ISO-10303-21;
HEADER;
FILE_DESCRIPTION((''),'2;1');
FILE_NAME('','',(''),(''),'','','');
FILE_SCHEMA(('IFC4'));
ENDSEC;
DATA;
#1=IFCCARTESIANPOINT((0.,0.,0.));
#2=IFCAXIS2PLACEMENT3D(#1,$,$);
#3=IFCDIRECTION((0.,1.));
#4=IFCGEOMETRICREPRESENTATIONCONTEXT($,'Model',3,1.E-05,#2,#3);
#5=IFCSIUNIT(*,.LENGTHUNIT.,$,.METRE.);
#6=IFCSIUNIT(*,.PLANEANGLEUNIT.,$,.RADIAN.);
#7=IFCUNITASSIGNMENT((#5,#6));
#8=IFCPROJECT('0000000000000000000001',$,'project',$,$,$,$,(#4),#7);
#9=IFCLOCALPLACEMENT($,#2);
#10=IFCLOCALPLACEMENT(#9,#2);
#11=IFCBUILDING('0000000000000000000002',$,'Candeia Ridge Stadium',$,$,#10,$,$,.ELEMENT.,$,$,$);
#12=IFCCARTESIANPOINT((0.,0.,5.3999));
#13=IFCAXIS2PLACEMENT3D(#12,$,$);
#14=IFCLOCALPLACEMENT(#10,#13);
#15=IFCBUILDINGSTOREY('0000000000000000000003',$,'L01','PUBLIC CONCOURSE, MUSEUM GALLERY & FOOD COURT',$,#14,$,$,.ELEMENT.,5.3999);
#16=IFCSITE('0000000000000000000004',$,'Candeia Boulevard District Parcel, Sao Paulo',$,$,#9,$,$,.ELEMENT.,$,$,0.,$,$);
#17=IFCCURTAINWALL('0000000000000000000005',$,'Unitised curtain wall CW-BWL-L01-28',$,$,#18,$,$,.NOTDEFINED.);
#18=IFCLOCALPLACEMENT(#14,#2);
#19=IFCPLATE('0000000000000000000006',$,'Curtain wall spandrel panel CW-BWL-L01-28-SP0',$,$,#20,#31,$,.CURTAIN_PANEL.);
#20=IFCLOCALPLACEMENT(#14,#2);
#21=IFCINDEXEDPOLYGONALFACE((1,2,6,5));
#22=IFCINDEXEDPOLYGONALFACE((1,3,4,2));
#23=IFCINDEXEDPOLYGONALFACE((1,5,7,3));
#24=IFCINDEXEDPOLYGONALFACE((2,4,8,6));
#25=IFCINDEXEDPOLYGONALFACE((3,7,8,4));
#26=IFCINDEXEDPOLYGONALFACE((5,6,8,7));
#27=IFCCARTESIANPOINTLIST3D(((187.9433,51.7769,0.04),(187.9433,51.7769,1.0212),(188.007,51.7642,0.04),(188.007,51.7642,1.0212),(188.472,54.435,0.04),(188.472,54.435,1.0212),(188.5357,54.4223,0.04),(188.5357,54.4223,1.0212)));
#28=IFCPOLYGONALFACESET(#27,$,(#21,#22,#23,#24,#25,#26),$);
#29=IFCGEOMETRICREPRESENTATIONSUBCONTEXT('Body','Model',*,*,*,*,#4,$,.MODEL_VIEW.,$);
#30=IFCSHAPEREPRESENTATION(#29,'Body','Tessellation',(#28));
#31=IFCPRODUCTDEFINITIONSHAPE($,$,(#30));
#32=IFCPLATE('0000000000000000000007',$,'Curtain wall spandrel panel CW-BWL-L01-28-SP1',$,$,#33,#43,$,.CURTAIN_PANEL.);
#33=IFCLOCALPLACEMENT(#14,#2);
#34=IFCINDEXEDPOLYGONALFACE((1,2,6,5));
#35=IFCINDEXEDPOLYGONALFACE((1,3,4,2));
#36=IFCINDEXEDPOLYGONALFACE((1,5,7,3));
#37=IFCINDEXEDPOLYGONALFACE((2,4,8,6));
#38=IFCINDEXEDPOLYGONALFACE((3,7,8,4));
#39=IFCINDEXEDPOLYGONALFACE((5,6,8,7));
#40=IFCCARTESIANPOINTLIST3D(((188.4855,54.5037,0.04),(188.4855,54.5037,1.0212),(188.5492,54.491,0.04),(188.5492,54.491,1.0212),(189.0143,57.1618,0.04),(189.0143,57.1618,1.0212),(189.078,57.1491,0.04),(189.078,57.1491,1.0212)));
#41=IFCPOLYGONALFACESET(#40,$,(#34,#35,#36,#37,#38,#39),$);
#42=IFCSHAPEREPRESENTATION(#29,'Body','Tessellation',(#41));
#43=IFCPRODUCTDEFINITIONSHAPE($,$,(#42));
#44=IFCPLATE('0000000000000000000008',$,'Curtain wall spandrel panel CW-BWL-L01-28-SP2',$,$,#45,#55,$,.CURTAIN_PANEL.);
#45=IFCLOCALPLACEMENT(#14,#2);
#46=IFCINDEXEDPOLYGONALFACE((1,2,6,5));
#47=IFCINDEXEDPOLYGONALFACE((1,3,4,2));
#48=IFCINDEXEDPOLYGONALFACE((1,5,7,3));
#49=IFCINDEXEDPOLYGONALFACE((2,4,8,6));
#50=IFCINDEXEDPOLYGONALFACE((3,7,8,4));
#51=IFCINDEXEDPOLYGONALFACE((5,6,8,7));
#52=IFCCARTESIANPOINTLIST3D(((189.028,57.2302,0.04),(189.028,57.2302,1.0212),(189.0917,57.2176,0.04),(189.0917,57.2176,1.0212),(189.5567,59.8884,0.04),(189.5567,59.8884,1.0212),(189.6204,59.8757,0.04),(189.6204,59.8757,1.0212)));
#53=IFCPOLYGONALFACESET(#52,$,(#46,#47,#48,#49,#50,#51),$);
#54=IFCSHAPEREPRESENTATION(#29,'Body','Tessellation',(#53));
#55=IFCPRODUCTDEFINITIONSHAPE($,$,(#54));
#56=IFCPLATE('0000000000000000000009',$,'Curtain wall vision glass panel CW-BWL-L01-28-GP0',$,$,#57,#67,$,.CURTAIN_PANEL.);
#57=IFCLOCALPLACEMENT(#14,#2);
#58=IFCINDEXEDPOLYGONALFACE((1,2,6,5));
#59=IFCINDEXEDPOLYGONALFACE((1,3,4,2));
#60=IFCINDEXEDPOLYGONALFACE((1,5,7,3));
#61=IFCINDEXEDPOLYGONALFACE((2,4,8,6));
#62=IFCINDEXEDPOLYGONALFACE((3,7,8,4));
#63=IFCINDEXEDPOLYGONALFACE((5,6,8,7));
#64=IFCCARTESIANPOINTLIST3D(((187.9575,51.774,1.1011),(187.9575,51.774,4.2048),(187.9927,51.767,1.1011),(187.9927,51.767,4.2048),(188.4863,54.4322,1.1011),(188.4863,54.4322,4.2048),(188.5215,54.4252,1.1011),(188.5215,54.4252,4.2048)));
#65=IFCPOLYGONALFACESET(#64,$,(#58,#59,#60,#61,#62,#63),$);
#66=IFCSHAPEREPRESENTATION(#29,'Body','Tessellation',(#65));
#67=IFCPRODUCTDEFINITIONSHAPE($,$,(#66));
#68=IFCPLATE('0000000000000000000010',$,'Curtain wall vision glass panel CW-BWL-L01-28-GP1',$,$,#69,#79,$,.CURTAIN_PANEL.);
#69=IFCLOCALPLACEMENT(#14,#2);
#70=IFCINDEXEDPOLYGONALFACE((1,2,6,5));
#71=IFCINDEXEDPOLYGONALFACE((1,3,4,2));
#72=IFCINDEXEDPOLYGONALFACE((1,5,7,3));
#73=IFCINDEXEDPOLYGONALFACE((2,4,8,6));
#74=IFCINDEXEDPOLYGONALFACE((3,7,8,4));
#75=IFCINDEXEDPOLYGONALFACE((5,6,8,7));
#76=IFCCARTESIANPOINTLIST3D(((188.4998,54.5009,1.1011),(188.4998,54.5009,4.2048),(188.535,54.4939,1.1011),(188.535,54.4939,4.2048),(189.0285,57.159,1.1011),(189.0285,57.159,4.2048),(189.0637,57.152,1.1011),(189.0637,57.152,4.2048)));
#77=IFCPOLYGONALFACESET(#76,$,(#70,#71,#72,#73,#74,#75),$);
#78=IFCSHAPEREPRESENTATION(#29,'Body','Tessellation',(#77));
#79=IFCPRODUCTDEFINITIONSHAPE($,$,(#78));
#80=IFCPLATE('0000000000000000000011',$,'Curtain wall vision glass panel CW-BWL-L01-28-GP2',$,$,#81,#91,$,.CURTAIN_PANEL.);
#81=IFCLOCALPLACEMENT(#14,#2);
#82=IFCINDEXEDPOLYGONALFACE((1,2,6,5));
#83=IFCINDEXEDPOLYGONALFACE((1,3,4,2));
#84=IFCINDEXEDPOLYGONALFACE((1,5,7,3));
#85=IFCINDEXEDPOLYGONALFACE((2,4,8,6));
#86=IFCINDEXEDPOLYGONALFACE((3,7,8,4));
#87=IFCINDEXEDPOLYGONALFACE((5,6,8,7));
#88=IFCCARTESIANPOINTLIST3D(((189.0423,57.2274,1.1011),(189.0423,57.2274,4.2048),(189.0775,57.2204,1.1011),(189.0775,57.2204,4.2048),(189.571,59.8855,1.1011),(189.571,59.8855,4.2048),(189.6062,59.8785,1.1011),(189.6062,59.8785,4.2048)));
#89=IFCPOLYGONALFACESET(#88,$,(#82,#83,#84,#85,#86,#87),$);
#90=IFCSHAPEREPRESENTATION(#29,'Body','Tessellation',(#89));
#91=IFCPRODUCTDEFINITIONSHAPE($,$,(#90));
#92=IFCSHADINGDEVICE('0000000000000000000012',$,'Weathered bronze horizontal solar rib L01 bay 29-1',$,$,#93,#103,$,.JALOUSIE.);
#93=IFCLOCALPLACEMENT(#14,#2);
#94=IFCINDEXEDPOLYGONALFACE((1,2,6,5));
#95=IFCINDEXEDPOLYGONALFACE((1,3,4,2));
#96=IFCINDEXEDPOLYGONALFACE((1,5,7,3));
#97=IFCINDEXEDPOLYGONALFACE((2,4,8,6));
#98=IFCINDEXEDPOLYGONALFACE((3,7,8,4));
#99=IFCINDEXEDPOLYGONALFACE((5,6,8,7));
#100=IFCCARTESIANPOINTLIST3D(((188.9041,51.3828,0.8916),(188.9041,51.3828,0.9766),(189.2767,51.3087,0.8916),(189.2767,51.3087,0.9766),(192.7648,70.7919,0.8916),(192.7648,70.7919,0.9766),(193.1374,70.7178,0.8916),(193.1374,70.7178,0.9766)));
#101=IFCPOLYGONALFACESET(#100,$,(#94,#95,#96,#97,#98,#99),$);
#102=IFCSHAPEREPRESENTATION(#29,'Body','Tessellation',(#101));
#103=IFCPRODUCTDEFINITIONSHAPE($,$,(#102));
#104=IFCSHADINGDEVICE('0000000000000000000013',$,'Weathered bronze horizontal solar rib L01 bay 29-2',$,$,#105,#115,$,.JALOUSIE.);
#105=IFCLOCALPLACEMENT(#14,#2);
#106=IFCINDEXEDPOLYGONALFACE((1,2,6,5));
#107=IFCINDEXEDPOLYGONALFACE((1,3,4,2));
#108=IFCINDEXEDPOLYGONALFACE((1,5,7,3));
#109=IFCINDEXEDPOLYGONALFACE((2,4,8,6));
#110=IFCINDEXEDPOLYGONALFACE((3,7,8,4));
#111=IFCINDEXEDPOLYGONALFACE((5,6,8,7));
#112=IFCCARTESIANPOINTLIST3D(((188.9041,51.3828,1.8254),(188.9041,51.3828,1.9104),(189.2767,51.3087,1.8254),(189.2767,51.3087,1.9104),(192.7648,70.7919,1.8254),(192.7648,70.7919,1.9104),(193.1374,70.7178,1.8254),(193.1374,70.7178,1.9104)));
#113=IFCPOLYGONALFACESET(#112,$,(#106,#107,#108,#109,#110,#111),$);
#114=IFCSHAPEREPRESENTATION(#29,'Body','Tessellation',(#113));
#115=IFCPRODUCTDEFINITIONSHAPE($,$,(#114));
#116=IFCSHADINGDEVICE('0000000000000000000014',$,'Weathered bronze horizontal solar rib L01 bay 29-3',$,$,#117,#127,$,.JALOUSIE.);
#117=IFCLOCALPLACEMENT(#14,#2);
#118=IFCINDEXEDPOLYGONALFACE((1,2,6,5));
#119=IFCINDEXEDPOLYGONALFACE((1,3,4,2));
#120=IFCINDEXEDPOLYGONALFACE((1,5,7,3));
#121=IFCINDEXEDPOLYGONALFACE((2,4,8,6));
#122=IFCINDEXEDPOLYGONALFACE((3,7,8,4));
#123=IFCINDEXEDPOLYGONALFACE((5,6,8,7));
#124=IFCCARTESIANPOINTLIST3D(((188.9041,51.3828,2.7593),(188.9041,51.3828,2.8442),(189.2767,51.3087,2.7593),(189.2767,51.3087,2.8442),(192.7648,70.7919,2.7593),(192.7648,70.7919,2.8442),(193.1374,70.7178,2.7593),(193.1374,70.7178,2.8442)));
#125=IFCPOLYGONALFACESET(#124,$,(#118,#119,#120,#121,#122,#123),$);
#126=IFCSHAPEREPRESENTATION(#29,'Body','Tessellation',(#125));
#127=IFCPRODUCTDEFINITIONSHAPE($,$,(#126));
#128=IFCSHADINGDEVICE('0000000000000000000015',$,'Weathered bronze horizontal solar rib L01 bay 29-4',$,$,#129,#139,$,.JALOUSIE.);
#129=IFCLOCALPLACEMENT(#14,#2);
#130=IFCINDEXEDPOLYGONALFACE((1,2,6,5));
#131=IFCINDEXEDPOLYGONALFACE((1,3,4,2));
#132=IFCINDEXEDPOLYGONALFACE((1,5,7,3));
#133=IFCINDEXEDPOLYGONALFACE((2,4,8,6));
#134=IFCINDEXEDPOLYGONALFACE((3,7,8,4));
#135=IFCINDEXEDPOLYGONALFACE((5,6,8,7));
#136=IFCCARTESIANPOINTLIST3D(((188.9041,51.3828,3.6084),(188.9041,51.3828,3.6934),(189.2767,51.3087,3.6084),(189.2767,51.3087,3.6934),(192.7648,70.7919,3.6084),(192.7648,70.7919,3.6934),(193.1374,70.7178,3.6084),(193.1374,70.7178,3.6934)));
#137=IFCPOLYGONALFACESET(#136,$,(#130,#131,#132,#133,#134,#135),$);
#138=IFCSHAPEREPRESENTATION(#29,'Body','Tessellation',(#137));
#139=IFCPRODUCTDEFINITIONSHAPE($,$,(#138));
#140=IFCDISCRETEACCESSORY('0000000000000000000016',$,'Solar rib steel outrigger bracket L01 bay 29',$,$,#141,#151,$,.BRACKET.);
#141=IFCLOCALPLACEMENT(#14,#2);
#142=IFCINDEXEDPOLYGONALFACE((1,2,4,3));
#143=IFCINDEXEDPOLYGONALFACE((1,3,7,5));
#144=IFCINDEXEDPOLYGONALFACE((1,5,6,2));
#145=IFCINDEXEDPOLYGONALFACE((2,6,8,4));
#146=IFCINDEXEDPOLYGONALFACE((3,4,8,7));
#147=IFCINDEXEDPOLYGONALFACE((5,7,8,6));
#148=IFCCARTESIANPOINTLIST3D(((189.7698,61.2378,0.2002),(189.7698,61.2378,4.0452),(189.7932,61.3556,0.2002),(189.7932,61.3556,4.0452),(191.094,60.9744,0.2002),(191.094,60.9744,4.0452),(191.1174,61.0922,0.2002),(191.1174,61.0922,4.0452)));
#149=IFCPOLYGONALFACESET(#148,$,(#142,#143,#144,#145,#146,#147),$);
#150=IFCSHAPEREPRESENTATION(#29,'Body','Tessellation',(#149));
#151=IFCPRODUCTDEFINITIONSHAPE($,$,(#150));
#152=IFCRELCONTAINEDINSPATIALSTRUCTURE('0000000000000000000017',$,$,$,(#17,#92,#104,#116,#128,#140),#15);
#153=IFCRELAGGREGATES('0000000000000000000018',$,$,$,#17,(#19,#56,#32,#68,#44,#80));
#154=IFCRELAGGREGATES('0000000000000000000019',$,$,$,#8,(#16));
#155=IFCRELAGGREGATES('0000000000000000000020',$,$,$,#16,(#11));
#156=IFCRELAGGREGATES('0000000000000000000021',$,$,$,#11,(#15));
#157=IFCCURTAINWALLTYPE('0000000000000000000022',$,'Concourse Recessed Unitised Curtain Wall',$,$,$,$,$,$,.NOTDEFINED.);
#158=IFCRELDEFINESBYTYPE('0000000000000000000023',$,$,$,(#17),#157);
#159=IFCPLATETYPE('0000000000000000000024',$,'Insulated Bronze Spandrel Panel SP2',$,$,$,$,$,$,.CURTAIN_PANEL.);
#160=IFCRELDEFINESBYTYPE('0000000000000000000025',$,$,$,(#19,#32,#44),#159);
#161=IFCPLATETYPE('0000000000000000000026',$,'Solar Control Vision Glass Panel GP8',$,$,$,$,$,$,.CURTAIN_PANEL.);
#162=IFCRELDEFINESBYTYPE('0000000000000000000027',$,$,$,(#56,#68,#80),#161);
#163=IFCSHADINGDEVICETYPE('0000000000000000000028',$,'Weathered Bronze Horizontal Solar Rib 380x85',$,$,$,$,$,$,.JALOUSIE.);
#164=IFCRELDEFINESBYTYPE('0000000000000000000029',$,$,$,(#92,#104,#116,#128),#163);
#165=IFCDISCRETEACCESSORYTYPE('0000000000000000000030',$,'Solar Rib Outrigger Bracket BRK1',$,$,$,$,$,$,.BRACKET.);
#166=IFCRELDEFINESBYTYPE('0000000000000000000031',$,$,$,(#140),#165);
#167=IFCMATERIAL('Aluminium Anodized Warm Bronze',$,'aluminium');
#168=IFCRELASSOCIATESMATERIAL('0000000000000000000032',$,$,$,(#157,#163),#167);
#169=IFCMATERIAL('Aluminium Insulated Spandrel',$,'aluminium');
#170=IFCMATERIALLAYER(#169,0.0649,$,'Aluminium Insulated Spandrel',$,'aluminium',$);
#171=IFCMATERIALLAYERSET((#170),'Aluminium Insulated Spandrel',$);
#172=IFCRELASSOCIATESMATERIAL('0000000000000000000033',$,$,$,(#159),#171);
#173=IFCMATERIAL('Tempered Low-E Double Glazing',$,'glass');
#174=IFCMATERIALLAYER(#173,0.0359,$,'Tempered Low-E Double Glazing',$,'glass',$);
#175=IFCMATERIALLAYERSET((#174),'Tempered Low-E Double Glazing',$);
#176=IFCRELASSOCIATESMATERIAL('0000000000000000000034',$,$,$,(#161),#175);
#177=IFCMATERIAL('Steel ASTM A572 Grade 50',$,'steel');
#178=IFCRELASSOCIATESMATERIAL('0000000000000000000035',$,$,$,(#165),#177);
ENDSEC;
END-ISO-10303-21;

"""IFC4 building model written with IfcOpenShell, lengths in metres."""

from ifc_helpers import new_model, si_unit, direction, frame, origin, origin_2d, place, context, subcontext, project, spatial, rectangle, extrude, material, layer, layer_set, type_object, element, aggregate, save


model = new_model("IFC4")

# Units and contexts
model_context = context("Model", 3, precision=1e-05, world=origin(), true_north=direction((0.0, 1.0)))
body_context = subcontext(model_context, "Body", "Model", "MODEL_VIEW")
ifc_project = project(units=[si_unit("LENGTHUNIT", "METRE"), si_unit("PLANEANGLEUNIT", "RADIAN")], contexts=[model_context])

# Site, building, storey
site_placement = place(None, origin())
site = spatial("IfcSite", under=ifc_project, at=site_placement, Name="Candeia Boulevard District Parcel, Sao Paulo", CompositionType="ELEMENT", RefElevation=0.0)
building_placement = place(site_placement, origin())
building = spatial("IfcBuilding", under=site, at=building_placement, Name="Candeia Ridge Stadium", CompositionType="ELEMENT")
storey_placement = place(building_placement, frame((0.0, 0.0, 5.3999)))
storey = spatial("IfcBuildingStorey", under=building, at=storey_placement, Name="L01", Description="PUBLIC CONCOURSE, MUSEUM GALLERY & FOOD COURT", CompositionType="ELEMENT", Elevation=5.3999)

# Curtain wall
ifc_material_1 = material(Name="Aluminium Anodized Warm Bronze", Category="aluminium")
curtain_wall_type = type_object("IfcCurtainWallType", Name="Concourse Recessed Unitised Curtain Wall", PredefinedType="NOTDEFINED", material=ifc_material_1)
curtain_wall_placement = place(storey_placement, origin())
curtain_wall = element("IfcCurtainWall", 1, at=curtain_wall_placement, inside=storey, type_object=curtain_wall_type, Name="Unitised curtain wall CW-BWL-L01-28", PredefinedType="NOTDEFINED")

# Shared definitions
ifc_material_2 = material(Name="Steel ASTM A572 Grade 50", Category="steel")

# Plates
ifc_material_3 = material(Name="Aluminium Insulated Spandrel", Category="aluminium")
ifc_layer_1 = layer(ifc_material_3, 0.0649, Name="Aluminium Insulated Spandrel", Category="aluminium")
ifc_layer_set_1 = layer_set([ifc_layer_1], Name="Aluminium Insulated Spandrel")
plate_type_1 = type_object("IfcPlateType", Name="Insulated Bronze Spandrel Panel SP2", PredefinedType="CURTAIN_PANEL", material=ifc_layer_set_1)
plate_1_placement = place(storey_placement, frame((188.2395, 53.0996, 0.04), z_axis=(0.0, 0.0, 1.0), x_axis=(0.19509, 0.980785, 0.0)))
plate_1 = element("IfcPlate", 2, at=plate_1_placement, type_object=plate_type_1, Name="Curtain wall spandrel panel CW-BWL-L01-28-SP0", PredefinedType="CURTAIN_PANEL", context=body_context, shape_type="SweptSolid", body=[
    extrude(rectangle(XDim=2.7102, YDim=0.0649, at=origin_2d()), origin(), (0.0, 0.0, 1.0), 0.9812),
])
plate_2_placement = place(storey_placement, frame((188.7817, 55.8264, 0.04), z_axis=(0.0, 0.0, 1.0), x_axis=(0.19509, 0.980785, 0.0)))
plate_2 = element("IfcPlate", 3, at=plate_2_placement, type_object=plate_type_1, Name="Curtain wall spandrel panel CW-BWL-L01-28-SP1", PredefinedType="CURTAIN_PANEL", context=body_context, shape_type="SweptSolid", body=[
    extrude(rectangle(XDim=2.7102, YDim=0.0649, at=origin_2d()), origin(), (0.0, 0.0, 1.0), 0.9812),
])
plate_3_placement = place(storey_placement, frame((189.3242, 58.553, 0.04), z_axis=(0.0, 0.0, 1.0), x_axis=(0.19509, 0.980785, 0.0)))
plate_3 = element("IfcPlate", 4, at=plate_3_placement, type_object=plate_type_1, Name="Curtain wall spandrel panel CW-BWL-L01-28-SP2", PredefinedType="CURTAIN_PANEL", context=body_context, shape_type="SweptSolid", body=[
    extrude(rectangle(XDim=2.7102, YDim=0.0649, at=origin_2d()), origin(), (0.0, 0.0, 1.0), 0.9812),
])
ifc_material_4 = material(Name="Tempered Low-E Double Glazing", Category="glass")
ifc_layer_2 = layer(ifc_material_4, 0.0359, Name="Tempered Low-E Double Glazing", Category="glass")
ifc_layer_set_2 = layer_set([ifc_layer_2], Name="Tempered Low-E Double Glazing")
plate_type_2 = type_object("IfcPlateType", Name="Solar Control Vision Glass Panel GP8", PredefinedType="CURTAIN_PANEL", material=ifc_layer_set_2)
plate_4_placement = place(storey_placement, frame((188.2395, 53.0996, 1.1011), z_axis=(0.0, 0.0, 1.0), x_axis=(0.19509, 0.980785, 0.0)))
plate_4 = element("IfcPlate", 5, at=plate_4_placement, type_object=plate_type_2, Name="Curtain wall vision glass panel CW-BWL-L01-28-GP0", PredefinedType="CURTAIN_PANEL", context=body_context, shape_type="SweptSolid", body=[
    extrude(rectangle(XDim=2.7102, YDim=0.0359, at=origin_2d()), origin(), (0.0, 0.0, 1.0), 3.1038),
])
plate_5_placement = place(storey_placement, frame((188.7817, 55.8264, 1.1011), z_axis=(0.0, 0.0, 1.0), x_axis=(0.19509, 0.980785, 0.0)))
plate_5 = element("IfcPlate", 6, at=plate_5_placement, type_object=plate_type_2, Name="Curtain wall vision glass panel CW-BWL-L01-28-GP1", PredefinedType="CURTAIN_PANEL", context=body_context, shape_type="SweptSolid", body=[
    extrude(rectangle(XDim=2.7102, YDim=0.0359, at=origin_2d()), origin(), (0.0, 0.0, 1.0), 3.1038),
])
plate_6_placement = place(storey_placement, frame((189.3242, 58.553, 1.1011), z_axis=(0.0, 0.0, 1.0), x_axis=(0.19509, 0.980785, 0.0)))
plate_6 = element("IfcPlate", 7, at=plate_6_placement, type_object=plate_type_2, Name="Curtain wall vision glass panel CW-BWL-L01-28-GP2", PredefinedType="CURTAIN_PANEL", context=body_context, shape_type="SweptSolid", body=[
    extrude(rectangle(XDim=2.7102, YDim=0.0359, at=origin_2d()), origin(), (0.0, 0.0, 1.0), 3.1038),
])
aggregate(curtain_wall, [plate_1, plate_4, plate_2, plate_5, plate_3, plate_6])

# Shading devices
shading_device_type = type_object("IfcShadingDeviceType", Name="Weathered Bronze Horizontal Solar Rib 380x85", PredefinedType="JALOUSIE", material=ifc_material_1)
for number, where, z_axis, x_axis, name in (
    (8, (191.0208, 61.0503, 0.8916), (0.0, 0.0, 1.0), (0.19509, 0.980785, 0.0), "Weathered bronze horizontal solar rib L01 bay 29-1"),
    (9, (191.0208, 61.0503, 1.8254), (0.0, 0.0, 1.0), (0.19509, 0.980785, 0.0), "Weathered bronze horizontal solar rib L01 bay 29-2"),
    (10, (191.0208, 61.0503, 2.7593), (0.0, 0.0, 1.0), (0.19509, 0.980785, 0.0), "Weathered bronze horizontal solar rib L01 bay 29-3"),
    (11, (191.0208, 61.0503, 3.6084), (0.0, 0.0, 1.0), (0.19509, 0.980785, 0.0), "Weathered bronze horizontal solar rib L01 bay 29-4"),
):
    element("IfcShadingDevice", number, at=place(storey_placement, frame(where, z_axis=z_axis, x_axis=x_axis)), inside=storey, type_object=shading_device_type, Name=name, PredefinedType="JALOUSIE", context=body_context, shape_type="SweptSolid", body=[
        extrude(rectangle(XDim=19.7893, YDim=0.3799, at=origin_2d()), origin(), (0.0, 0.0, 1.0), 0.085),
    ])

# Discrete accessory
discrete_accessory_type = type_object("IfcDiscreteAccessoryType", Name="Solar Rib Outrigger Bracket BRK1", PredefinedType="BRACKET", material=ifc_material_2)
discrete_accessory_placement = place(storey_placement, frame((190.4436, 61.165, 0.2002), z_axis=(0.0, 0.0, 1.0), x_axis=(0.980785, -0.19509, 0.0)))
element("IfcDiscreteAccessory", 12, at=discrete_accessory_placement, inside=storey, type_object=discrete_accessory_type, Name="Solar rib steel outrigger bracket L01 bay 29", PredefinedType="BRACKET", context=body_context, shape_type="SweptSolid", body=[
    extrude(rectangle(XDim=1.3501, YDim=0.1201, at=origin_2d()), origin(), (0.0, 0.0, 1.0), 3.845),
])

save(model, "model.ifc")
